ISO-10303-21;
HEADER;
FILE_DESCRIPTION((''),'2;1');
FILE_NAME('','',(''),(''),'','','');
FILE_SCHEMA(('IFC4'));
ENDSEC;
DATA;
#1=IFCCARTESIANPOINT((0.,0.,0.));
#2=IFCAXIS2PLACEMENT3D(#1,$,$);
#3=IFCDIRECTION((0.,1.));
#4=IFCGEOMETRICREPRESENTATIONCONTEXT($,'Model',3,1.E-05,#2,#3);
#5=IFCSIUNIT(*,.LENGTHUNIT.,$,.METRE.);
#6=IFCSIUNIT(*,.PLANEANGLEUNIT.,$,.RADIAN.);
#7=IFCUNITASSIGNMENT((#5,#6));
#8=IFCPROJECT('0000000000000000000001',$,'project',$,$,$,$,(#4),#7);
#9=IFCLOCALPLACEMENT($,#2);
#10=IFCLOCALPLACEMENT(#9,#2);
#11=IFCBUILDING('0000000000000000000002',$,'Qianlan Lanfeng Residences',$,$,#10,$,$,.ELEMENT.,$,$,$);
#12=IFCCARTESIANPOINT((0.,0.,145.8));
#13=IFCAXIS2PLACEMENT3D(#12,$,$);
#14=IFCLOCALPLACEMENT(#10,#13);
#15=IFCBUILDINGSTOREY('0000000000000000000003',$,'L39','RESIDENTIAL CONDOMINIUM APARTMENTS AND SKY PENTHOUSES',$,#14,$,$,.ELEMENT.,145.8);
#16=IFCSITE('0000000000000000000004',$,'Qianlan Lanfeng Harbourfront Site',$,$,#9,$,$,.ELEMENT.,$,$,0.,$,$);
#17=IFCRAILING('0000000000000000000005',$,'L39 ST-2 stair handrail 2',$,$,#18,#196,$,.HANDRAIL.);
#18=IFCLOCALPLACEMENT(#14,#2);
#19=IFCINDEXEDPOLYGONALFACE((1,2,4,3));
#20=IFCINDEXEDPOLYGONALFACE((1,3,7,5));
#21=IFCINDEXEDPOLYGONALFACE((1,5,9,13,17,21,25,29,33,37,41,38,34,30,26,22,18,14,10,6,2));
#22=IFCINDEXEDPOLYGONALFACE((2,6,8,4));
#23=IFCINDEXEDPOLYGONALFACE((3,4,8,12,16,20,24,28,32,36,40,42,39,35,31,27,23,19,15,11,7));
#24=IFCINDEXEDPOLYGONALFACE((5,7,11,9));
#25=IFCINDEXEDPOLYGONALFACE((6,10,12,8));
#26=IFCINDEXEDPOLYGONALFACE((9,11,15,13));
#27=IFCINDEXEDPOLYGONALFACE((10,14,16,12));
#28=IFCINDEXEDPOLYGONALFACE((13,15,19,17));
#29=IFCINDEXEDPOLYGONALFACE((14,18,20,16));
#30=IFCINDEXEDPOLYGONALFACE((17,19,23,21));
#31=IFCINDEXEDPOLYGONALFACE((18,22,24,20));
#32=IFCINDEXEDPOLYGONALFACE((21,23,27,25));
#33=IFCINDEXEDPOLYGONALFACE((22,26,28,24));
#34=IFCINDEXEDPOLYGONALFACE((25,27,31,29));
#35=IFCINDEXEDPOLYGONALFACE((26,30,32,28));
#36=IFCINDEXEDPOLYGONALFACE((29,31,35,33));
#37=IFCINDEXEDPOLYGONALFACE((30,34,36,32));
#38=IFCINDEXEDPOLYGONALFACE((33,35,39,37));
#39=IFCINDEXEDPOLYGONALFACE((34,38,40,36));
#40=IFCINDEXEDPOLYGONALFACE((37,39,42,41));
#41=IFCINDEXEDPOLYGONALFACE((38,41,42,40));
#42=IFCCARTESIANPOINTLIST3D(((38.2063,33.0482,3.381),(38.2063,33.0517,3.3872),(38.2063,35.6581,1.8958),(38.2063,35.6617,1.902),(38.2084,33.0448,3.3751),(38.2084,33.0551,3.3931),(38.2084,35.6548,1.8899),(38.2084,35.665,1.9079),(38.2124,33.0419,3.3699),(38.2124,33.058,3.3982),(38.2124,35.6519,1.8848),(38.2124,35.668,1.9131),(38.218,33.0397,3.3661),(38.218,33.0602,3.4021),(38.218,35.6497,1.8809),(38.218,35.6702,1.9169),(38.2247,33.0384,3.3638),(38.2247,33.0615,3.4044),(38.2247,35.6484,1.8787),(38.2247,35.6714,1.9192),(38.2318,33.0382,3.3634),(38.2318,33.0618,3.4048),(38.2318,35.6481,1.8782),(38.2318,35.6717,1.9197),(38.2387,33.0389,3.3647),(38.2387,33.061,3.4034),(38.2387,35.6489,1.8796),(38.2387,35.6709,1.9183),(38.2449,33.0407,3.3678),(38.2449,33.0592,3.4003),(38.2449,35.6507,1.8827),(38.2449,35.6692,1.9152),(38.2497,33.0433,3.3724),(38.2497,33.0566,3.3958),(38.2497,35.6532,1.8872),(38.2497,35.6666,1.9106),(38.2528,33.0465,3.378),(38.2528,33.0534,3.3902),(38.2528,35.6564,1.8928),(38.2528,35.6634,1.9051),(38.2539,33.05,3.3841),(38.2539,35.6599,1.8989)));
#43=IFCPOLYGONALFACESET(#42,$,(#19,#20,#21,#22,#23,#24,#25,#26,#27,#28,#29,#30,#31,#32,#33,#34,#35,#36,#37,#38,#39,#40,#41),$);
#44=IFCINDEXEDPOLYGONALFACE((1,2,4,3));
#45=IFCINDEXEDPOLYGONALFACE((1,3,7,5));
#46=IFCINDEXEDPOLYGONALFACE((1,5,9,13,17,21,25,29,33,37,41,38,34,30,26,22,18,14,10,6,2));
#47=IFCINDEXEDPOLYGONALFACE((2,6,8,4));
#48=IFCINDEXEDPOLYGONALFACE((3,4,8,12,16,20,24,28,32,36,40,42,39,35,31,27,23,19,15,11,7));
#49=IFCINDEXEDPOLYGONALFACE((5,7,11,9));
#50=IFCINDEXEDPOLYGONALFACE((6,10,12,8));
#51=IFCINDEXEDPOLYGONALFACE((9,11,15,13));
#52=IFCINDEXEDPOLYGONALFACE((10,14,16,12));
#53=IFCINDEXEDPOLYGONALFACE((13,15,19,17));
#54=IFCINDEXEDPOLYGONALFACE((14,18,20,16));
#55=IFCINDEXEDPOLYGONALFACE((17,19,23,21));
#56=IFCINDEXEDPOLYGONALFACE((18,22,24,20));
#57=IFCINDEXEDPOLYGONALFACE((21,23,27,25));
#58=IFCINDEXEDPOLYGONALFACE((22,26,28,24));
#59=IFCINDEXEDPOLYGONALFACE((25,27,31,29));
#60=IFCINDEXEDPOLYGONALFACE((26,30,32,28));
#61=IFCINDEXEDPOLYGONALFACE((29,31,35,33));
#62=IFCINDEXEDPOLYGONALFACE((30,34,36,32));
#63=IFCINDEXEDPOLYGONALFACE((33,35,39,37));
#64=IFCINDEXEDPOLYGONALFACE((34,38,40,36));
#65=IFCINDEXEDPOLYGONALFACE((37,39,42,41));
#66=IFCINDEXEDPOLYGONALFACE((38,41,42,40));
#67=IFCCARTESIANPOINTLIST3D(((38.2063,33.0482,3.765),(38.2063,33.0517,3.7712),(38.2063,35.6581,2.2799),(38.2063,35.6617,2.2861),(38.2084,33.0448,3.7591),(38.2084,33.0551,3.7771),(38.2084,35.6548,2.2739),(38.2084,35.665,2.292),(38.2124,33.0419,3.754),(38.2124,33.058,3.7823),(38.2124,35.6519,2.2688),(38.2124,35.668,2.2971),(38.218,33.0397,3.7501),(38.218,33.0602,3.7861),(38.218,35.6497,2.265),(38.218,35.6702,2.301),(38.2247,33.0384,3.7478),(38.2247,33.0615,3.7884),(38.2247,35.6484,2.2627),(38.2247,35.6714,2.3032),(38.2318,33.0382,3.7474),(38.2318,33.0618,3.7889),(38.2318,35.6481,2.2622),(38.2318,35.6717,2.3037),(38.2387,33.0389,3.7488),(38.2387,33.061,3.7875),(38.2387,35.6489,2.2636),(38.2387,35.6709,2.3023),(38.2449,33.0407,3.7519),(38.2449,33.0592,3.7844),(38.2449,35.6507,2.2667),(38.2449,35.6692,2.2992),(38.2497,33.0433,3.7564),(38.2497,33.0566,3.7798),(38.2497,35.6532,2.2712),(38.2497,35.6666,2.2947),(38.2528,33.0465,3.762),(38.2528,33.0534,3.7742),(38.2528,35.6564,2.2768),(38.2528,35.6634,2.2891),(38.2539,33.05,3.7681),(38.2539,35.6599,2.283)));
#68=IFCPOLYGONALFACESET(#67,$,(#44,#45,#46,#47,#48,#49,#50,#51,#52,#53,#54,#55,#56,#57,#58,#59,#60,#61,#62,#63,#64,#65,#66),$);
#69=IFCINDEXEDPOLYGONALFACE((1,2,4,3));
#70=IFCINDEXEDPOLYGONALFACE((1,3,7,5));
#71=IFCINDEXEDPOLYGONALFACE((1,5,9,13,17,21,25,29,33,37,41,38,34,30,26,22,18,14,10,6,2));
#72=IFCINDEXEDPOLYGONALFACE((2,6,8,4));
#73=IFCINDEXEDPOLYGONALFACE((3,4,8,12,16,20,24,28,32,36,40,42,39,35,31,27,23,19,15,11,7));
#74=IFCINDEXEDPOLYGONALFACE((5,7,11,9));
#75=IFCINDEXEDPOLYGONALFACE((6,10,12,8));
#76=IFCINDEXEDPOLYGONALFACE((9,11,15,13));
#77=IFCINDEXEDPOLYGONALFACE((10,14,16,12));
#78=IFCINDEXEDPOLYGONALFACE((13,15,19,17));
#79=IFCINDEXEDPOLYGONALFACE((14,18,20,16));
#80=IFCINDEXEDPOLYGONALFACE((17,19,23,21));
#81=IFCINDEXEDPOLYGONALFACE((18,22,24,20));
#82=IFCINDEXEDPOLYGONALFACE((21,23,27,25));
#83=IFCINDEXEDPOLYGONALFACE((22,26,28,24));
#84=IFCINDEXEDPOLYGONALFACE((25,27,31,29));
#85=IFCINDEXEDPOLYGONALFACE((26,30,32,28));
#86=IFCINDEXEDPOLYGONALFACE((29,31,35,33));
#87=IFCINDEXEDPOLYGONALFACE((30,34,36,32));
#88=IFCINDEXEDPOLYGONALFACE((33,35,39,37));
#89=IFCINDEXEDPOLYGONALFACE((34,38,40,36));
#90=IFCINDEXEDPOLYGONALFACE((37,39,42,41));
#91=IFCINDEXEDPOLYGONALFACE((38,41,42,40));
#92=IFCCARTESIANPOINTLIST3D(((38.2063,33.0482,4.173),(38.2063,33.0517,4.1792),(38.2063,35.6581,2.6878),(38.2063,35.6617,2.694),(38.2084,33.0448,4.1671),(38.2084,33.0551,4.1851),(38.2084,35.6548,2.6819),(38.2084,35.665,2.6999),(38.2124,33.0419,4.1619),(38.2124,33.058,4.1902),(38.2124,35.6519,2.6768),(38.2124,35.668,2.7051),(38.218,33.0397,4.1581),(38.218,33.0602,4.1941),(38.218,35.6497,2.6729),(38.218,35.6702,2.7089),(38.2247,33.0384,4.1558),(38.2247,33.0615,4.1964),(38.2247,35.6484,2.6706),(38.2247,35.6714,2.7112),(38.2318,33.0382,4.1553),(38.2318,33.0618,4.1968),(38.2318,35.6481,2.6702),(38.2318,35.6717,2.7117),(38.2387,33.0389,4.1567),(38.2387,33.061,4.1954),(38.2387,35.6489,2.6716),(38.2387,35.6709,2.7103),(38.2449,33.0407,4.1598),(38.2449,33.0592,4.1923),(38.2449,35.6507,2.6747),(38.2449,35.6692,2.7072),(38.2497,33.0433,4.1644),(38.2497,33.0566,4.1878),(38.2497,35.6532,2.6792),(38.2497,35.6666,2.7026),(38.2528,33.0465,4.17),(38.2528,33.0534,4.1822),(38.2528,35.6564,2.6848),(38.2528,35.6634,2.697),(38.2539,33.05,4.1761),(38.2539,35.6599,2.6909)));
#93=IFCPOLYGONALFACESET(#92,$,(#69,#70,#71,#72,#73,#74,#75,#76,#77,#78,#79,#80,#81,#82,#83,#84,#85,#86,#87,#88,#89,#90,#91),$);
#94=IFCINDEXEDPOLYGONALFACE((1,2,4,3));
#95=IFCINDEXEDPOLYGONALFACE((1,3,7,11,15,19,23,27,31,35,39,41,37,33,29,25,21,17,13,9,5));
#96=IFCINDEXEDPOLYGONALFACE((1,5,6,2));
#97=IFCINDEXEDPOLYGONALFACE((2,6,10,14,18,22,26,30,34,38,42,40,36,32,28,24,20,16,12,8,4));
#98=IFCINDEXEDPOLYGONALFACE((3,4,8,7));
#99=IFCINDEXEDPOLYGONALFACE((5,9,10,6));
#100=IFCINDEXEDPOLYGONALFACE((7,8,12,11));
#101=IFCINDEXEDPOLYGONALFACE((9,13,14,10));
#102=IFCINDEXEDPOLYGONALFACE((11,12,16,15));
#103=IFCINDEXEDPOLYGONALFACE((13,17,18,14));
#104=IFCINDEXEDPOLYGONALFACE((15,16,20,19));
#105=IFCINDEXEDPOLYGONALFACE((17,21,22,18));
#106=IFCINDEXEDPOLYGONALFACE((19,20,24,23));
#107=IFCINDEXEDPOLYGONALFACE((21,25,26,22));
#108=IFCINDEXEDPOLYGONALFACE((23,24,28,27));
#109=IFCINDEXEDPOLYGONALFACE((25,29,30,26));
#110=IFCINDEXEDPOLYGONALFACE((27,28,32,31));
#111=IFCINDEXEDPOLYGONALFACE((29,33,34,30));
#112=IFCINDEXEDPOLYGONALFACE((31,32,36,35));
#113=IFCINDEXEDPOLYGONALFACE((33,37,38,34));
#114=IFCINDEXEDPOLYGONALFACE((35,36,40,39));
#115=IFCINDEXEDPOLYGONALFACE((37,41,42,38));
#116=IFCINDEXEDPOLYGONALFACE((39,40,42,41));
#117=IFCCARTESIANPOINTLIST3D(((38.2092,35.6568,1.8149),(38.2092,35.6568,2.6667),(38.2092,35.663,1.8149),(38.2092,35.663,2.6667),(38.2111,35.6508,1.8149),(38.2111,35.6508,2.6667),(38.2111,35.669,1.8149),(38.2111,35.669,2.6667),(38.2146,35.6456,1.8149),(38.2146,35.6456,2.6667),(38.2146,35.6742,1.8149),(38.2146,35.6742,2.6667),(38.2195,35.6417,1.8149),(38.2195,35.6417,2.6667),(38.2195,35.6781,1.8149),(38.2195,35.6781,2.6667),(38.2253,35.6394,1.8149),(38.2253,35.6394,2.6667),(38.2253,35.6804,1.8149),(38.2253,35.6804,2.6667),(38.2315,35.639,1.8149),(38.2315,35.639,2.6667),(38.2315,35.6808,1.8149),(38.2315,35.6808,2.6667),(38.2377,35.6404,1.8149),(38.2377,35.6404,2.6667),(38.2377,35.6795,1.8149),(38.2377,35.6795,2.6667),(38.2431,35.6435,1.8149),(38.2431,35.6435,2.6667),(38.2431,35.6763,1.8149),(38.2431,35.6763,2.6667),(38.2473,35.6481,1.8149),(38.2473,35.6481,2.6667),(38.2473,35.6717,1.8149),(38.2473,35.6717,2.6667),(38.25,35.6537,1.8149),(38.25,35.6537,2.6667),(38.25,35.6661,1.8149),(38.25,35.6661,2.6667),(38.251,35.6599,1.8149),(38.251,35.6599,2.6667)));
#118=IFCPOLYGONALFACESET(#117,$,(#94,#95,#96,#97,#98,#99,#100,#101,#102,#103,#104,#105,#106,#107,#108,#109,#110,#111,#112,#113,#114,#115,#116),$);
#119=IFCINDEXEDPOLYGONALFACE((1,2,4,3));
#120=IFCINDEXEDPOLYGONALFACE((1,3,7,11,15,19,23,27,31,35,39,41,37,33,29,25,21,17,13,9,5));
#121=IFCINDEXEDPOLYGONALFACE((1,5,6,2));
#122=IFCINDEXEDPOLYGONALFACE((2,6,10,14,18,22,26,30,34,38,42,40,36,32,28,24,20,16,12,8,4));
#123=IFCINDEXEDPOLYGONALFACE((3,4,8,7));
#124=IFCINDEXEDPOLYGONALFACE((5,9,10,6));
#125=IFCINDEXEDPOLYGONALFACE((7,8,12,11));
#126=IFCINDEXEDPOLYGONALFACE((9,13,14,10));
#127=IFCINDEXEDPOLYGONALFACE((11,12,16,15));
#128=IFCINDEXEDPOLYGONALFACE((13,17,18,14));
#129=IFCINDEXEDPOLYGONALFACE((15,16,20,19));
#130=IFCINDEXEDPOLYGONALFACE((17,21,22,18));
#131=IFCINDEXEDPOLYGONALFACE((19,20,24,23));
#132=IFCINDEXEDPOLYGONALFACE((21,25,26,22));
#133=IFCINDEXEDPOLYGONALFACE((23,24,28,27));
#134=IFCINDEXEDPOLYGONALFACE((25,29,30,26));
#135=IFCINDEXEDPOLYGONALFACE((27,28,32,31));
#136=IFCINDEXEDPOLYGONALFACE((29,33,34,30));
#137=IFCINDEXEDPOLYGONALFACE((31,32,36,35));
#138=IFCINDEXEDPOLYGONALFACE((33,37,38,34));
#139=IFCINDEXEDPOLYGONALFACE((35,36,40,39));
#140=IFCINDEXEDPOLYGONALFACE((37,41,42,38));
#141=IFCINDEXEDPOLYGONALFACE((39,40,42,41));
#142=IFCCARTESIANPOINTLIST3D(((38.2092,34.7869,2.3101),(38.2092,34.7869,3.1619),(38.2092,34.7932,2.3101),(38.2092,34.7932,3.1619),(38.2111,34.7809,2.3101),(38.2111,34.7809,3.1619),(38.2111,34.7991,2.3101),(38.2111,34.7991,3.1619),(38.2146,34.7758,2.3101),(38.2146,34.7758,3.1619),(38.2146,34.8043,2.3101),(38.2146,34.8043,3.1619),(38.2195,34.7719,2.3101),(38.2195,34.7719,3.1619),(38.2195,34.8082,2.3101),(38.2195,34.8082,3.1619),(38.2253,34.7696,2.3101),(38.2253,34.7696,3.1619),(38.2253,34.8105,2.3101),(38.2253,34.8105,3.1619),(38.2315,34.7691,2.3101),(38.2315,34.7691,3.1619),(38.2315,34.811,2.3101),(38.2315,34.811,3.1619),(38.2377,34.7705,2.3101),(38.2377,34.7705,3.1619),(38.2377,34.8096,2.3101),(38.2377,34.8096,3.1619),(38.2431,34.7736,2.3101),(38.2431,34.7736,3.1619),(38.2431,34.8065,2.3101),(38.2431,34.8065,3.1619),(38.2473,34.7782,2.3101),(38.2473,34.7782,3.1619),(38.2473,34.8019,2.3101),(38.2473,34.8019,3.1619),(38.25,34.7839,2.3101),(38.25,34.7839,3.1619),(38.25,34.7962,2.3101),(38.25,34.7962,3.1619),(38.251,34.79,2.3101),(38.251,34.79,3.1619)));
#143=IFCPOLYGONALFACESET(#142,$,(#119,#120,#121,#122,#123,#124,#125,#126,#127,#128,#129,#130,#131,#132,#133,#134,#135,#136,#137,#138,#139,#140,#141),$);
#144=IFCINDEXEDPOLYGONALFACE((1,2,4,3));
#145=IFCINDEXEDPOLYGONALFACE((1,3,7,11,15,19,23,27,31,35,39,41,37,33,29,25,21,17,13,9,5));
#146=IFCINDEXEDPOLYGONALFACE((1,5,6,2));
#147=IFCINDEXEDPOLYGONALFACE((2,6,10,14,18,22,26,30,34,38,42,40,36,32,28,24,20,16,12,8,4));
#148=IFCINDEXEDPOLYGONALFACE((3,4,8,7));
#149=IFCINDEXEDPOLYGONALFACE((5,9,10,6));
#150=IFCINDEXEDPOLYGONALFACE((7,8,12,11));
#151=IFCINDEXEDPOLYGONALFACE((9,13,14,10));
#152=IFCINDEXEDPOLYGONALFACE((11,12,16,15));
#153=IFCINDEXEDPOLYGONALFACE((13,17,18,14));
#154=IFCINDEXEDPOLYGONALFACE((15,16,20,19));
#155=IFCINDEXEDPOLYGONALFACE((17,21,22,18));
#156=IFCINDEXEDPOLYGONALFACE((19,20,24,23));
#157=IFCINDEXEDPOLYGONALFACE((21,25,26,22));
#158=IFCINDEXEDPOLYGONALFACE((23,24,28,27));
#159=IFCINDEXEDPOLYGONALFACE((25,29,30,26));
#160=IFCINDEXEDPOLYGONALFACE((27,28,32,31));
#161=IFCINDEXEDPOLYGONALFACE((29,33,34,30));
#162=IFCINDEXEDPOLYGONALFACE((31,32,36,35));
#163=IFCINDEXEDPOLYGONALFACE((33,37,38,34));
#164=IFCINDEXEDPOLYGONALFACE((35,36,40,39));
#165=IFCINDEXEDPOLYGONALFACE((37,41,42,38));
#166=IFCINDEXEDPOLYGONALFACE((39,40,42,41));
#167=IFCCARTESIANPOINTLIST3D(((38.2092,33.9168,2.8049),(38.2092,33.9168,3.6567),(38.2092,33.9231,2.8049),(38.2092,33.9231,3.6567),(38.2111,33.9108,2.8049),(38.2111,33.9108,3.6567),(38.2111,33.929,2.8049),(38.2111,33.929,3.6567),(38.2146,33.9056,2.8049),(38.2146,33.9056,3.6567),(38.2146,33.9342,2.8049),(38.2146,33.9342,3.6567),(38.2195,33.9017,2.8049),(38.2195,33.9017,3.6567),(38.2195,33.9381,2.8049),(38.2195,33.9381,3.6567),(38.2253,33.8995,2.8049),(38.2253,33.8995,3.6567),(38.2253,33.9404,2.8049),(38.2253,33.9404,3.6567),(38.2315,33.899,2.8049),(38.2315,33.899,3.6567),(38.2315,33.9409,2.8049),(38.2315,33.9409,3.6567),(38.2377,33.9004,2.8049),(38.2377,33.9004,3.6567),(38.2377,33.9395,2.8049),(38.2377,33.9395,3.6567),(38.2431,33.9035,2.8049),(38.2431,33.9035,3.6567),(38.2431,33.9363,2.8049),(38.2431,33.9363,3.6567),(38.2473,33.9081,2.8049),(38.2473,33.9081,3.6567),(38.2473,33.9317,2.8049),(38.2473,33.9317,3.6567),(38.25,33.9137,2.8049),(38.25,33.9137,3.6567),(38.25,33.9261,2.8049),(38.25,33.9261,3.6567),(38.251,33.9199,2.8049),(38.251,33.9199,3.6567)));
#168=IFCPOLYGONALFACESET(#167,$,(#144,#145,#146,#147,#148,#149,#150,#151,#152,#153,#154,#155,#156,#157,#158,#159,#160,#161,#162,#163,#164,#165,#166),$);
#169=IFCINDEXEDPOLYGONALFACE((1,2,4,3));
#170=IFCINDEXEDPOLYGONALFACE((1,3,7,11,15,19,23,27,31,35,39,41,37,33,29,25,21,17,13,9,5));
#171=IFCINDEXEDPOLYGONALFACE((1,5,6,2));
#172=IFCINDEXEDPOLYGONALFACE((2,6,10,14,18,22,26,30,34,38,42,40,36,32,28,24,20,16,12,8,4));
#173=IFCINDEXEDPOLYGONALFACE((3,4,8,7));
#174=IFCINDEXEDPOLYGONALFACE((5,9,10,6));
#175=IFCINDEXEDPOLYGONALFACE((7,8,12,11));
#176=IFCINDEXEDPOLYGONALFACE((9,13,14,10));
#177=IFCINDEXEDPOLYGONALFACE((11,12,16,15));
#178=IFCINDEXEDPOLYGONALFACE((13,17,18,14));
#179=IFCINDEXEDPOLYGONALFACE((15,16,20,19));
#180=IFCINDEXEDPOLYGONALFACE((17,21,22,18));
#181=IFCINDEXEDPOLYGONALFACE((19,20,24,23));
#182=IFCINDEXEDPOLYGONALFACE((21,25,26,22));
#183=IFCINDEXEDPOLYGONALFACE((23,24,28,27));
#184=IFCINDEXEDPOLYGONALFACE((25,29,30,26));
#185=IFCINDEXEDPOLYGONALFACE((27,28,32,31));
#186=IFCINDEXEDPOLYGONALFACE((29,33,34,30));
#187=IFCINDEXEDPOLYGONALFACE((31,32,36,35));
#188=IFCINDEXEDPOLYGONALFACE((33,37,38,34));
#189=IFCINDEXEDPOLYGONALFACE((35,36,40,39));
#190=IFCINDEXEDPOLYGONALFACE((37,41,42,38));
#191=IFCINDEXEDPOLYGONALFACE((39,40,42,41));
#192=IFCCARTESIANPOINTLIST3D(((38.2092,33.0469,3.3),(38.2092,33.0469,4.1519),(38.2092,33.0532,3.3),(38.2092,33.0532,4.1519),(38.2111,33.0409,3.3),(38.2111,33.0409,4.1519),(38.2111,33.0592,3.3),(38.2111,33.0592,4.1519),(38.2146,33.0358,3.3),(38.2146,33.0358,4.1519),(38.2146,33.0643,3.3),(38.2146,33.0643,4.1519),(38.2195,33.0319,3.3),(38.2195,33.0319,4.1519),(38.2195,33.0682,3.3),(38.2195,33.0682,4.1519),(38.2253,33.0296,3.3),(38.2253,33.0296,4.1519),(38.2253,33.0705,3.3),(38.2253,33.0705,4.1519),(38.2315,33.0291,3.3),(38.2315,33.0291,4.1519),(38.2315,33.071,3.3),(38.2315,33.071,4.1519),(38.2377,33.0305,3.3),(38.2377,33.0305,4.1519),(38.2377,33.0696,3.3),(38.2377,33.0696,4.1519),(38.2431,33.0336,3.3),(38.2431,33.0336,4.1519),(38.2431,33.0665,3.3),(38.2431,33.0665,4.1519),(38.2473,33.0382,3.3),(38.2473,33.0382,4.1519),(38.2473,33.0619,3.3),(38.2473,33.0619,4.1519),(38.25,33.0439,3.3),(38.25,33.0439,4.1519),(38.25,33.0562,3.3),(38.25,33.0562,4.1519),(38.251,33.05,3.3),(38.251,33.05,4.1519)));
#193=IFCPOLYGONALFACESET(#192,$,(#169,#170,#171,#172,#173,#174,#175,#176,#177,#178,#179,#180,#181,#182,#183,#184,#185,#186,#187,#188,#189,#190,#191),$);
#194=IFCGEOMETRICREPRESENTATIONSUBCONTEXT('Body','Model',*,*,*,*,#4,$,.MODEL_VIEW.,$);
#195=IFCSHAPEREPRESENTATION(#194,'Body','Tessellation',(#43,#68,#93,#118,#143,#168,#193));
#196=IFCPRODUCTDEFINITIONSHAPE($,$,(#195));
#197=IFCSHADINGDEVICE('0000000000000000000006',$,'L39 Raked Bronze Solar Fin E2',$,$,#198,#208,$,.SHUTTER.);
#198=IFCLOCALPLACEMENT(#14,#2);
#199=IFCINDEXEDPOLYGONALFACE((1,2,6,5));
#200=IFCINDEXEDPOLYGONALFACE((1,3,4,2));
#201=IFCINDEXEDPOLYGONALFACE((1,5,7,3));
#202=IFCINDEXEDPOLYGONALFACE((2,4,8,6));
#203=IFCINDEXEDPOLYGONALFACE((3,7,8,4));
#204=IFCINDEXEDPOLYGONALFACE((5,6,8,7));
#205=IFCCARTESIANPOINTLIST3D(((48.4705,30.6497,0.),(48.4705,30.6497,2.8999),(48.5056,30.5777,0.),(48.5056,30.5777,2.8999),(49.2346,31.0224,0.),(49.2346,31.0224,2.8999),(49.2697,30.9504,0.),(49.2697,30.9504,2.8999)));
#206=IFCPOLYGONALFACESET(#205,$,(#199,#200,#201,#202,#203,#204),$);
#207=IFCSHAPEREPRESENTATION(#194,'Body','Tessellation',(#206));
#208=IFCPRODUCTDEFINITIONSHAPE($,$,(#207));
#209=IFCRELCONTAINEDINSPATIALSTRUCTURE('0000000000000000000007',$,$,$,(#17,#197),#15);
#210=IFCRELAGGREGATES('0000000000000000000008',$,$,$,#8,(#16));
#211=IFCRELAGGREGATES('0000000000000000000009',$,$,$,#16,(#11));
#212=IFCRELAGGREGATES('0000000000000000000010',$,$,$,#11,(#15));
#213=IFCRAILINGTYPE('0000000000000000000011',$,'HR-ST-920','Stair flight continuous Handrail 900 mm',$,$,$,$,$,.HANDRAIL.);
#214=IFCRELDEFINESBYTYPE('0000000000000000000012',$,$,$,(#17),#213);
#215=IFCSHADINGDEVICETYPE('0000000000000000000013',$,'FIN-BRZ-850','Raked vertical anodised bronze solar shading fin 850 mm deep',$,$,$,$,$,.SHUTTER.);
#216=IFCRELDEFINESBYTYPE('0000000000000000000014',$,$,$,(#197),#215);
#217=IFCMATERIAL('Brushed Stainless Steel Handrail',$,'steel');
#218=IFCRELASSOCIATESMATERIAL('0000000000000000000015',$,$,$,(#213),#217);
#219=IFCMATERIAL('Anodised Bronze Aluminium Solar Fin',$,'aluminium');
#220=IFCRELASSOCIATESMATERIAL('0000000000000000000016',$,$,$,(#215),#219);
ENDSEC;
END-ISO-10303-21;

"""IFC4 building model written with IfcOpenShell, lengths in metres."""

from ifc_helpers import new_model, si_unit, direction, frame, origin, origin_2d, place, context, subcontext, project, spatial, rectangle, circle, extrude, source, transform, mapped, material, type_object, element, save


model = new_model("IFC4")

# Units and contexts
model_context = context("Model", 3, precision=1e-05, world=origin(), true_north=direction((0.0, 1.0)))
body_context = subcontext(model_context, "Body", "Model", "MODEL_VIEW")
ifc_project = project(units=[si_unit("LENGTHUNIT", "METRE"), si_unit("PLANEANGLEUNIT", "RADIAN")], contexts=[model_context])

# Site, building, storey
site_placement = place(None, origin())
site = spatial("IfcSite", under=ifc_project, at=site_placement, Name="Qianlan Lanfeng Harbourfront Site", CompositionType="ELEMENT", RefElevation=0.0)
building_placement = place(site_placement, origin())
building = spatial("IfcBuilding", under=site, at=building_placement, Name="Qianlan Lanfeng Residences", CompositionType="ELEMENT")
storey_placement = place(building_placement, frame((0.0, 0.0, 145.8)))
storey = spatial("IfcBuildingStorey", under=building, at=storey_placement, Name="L39", Description="RESIDENTIAL CONDOMINIUM APARTMENTS AND SKY PENTHOUSES", CompositionType="ELEMENT", Elevation=145.8)

# Railing
ifc_material_1 = material(Name="Brushed Stainless Steel Handrail", Category="steel")
railing_type_1 = type_object("IfcRailingType", Name="HR-ST-920", Description="Stair flight continuous Handrail 900 mm", PredefinedType="HANDRAIL", material=ifc_material_1)
railing_1_placement = place(storey_placement, frame((38.23, 35.6599, 1.8149)))
element("IfcRailing", 1, at=railing_1_placement, inside=storey, type_object=railing_type_1, Name="L39 ST-2 stair handrail 2", PredefinedType="HANDRAIL", context=body_context, shape_type="SweptSolid", body=[
    extrude(circle(Radius=0.0239, at=origin_2d()), frame((0.0, 0.0, 0.084), z_axis=(0.0, -0.869137, 0.494571), x_axis=(1.0, 0.0, 0.0)), (0.0, 0.0, 1.0), 3.0029),
    extrude(circle(Radius=0.0239, at=origin_2d()), frame((0.0, 0.0, 0.468), z_axis=(0.0, -0.869137, 0.494571), x_axis=(1.0, 0.0, 0.0)), (0.0, 0.0, 1.0), 3.0029),
    extrude(circle(Radius=0.0239, at=origin_2d()), frame((0.0, 0.0, 0.876), z_axis=(0.0, -0.869137, 0.494571), x_axis=(1.0, 0.0, 0.0)), (0.0, 0.0, 1.0), 3.0029),
    extrude(circle(Radius=0.021, at=origin_2d()), origin(), (0.0, 0.0, 1.0), 0.8518),
    extrude(circle(Radius=0.021, at=origin_2d()), frame((0.0, -0.8699, 0.4951)), (0.0, 0.0, 1.0), 0.8518),
    extrude(circle(Radius=0.021, at=origin_2d()), frame((0.0, -1.74, 0.99)), (0.0, 0.0, 1.0), 0.8518),
    extrude(circle(Radius=0.021, at=origin_2d()), frame((0.0, -2.6099, 1.4851)), (0.0, 0.0, 1.0), 0.8518),
])

# Shading device
ifc_material_2 = material(Name="Anodised Bronze Aluminium Solar Fin", Category="aluminium")
shading_device_type = type_object("IfcShadingDeviceType", Name="FIN-BRZ-850", Description="Raked vertical anodised bronze solar shading fin 850 mm deep", PredefinedType="SHUTTER", material=ifc_material_2)
shared_shape = source(origin(), body_context, "Body", "SweptSolid", [
    extrude(rectangle(XDim=0.8501, YDim=0.0801, at=origin_2d()), origin(), (0.0, 0.0, 1.0), 2.8999),
])
shading_device_placement = place(storey_placement, frame((48.8701, 30.8, 0.0), z_axis=(0.0, 0.0, 1.0), x_axis=(0.898794, 0.438371, 0.0)))
element("IfcShadingDevice", 2, at=shading_device_placement, inside=storey, type_object=shading_device_type, Name="L39 Raked Bronze Solar Fin E2", PredefinedType="SHUTTER", context=body_context, shape_type="MappedRepresentation", body=[
    mapped(shared_shape, transform((0.0, 0.0, 0.0), scale=1.0)),
])

save(model, "model.ifc")
